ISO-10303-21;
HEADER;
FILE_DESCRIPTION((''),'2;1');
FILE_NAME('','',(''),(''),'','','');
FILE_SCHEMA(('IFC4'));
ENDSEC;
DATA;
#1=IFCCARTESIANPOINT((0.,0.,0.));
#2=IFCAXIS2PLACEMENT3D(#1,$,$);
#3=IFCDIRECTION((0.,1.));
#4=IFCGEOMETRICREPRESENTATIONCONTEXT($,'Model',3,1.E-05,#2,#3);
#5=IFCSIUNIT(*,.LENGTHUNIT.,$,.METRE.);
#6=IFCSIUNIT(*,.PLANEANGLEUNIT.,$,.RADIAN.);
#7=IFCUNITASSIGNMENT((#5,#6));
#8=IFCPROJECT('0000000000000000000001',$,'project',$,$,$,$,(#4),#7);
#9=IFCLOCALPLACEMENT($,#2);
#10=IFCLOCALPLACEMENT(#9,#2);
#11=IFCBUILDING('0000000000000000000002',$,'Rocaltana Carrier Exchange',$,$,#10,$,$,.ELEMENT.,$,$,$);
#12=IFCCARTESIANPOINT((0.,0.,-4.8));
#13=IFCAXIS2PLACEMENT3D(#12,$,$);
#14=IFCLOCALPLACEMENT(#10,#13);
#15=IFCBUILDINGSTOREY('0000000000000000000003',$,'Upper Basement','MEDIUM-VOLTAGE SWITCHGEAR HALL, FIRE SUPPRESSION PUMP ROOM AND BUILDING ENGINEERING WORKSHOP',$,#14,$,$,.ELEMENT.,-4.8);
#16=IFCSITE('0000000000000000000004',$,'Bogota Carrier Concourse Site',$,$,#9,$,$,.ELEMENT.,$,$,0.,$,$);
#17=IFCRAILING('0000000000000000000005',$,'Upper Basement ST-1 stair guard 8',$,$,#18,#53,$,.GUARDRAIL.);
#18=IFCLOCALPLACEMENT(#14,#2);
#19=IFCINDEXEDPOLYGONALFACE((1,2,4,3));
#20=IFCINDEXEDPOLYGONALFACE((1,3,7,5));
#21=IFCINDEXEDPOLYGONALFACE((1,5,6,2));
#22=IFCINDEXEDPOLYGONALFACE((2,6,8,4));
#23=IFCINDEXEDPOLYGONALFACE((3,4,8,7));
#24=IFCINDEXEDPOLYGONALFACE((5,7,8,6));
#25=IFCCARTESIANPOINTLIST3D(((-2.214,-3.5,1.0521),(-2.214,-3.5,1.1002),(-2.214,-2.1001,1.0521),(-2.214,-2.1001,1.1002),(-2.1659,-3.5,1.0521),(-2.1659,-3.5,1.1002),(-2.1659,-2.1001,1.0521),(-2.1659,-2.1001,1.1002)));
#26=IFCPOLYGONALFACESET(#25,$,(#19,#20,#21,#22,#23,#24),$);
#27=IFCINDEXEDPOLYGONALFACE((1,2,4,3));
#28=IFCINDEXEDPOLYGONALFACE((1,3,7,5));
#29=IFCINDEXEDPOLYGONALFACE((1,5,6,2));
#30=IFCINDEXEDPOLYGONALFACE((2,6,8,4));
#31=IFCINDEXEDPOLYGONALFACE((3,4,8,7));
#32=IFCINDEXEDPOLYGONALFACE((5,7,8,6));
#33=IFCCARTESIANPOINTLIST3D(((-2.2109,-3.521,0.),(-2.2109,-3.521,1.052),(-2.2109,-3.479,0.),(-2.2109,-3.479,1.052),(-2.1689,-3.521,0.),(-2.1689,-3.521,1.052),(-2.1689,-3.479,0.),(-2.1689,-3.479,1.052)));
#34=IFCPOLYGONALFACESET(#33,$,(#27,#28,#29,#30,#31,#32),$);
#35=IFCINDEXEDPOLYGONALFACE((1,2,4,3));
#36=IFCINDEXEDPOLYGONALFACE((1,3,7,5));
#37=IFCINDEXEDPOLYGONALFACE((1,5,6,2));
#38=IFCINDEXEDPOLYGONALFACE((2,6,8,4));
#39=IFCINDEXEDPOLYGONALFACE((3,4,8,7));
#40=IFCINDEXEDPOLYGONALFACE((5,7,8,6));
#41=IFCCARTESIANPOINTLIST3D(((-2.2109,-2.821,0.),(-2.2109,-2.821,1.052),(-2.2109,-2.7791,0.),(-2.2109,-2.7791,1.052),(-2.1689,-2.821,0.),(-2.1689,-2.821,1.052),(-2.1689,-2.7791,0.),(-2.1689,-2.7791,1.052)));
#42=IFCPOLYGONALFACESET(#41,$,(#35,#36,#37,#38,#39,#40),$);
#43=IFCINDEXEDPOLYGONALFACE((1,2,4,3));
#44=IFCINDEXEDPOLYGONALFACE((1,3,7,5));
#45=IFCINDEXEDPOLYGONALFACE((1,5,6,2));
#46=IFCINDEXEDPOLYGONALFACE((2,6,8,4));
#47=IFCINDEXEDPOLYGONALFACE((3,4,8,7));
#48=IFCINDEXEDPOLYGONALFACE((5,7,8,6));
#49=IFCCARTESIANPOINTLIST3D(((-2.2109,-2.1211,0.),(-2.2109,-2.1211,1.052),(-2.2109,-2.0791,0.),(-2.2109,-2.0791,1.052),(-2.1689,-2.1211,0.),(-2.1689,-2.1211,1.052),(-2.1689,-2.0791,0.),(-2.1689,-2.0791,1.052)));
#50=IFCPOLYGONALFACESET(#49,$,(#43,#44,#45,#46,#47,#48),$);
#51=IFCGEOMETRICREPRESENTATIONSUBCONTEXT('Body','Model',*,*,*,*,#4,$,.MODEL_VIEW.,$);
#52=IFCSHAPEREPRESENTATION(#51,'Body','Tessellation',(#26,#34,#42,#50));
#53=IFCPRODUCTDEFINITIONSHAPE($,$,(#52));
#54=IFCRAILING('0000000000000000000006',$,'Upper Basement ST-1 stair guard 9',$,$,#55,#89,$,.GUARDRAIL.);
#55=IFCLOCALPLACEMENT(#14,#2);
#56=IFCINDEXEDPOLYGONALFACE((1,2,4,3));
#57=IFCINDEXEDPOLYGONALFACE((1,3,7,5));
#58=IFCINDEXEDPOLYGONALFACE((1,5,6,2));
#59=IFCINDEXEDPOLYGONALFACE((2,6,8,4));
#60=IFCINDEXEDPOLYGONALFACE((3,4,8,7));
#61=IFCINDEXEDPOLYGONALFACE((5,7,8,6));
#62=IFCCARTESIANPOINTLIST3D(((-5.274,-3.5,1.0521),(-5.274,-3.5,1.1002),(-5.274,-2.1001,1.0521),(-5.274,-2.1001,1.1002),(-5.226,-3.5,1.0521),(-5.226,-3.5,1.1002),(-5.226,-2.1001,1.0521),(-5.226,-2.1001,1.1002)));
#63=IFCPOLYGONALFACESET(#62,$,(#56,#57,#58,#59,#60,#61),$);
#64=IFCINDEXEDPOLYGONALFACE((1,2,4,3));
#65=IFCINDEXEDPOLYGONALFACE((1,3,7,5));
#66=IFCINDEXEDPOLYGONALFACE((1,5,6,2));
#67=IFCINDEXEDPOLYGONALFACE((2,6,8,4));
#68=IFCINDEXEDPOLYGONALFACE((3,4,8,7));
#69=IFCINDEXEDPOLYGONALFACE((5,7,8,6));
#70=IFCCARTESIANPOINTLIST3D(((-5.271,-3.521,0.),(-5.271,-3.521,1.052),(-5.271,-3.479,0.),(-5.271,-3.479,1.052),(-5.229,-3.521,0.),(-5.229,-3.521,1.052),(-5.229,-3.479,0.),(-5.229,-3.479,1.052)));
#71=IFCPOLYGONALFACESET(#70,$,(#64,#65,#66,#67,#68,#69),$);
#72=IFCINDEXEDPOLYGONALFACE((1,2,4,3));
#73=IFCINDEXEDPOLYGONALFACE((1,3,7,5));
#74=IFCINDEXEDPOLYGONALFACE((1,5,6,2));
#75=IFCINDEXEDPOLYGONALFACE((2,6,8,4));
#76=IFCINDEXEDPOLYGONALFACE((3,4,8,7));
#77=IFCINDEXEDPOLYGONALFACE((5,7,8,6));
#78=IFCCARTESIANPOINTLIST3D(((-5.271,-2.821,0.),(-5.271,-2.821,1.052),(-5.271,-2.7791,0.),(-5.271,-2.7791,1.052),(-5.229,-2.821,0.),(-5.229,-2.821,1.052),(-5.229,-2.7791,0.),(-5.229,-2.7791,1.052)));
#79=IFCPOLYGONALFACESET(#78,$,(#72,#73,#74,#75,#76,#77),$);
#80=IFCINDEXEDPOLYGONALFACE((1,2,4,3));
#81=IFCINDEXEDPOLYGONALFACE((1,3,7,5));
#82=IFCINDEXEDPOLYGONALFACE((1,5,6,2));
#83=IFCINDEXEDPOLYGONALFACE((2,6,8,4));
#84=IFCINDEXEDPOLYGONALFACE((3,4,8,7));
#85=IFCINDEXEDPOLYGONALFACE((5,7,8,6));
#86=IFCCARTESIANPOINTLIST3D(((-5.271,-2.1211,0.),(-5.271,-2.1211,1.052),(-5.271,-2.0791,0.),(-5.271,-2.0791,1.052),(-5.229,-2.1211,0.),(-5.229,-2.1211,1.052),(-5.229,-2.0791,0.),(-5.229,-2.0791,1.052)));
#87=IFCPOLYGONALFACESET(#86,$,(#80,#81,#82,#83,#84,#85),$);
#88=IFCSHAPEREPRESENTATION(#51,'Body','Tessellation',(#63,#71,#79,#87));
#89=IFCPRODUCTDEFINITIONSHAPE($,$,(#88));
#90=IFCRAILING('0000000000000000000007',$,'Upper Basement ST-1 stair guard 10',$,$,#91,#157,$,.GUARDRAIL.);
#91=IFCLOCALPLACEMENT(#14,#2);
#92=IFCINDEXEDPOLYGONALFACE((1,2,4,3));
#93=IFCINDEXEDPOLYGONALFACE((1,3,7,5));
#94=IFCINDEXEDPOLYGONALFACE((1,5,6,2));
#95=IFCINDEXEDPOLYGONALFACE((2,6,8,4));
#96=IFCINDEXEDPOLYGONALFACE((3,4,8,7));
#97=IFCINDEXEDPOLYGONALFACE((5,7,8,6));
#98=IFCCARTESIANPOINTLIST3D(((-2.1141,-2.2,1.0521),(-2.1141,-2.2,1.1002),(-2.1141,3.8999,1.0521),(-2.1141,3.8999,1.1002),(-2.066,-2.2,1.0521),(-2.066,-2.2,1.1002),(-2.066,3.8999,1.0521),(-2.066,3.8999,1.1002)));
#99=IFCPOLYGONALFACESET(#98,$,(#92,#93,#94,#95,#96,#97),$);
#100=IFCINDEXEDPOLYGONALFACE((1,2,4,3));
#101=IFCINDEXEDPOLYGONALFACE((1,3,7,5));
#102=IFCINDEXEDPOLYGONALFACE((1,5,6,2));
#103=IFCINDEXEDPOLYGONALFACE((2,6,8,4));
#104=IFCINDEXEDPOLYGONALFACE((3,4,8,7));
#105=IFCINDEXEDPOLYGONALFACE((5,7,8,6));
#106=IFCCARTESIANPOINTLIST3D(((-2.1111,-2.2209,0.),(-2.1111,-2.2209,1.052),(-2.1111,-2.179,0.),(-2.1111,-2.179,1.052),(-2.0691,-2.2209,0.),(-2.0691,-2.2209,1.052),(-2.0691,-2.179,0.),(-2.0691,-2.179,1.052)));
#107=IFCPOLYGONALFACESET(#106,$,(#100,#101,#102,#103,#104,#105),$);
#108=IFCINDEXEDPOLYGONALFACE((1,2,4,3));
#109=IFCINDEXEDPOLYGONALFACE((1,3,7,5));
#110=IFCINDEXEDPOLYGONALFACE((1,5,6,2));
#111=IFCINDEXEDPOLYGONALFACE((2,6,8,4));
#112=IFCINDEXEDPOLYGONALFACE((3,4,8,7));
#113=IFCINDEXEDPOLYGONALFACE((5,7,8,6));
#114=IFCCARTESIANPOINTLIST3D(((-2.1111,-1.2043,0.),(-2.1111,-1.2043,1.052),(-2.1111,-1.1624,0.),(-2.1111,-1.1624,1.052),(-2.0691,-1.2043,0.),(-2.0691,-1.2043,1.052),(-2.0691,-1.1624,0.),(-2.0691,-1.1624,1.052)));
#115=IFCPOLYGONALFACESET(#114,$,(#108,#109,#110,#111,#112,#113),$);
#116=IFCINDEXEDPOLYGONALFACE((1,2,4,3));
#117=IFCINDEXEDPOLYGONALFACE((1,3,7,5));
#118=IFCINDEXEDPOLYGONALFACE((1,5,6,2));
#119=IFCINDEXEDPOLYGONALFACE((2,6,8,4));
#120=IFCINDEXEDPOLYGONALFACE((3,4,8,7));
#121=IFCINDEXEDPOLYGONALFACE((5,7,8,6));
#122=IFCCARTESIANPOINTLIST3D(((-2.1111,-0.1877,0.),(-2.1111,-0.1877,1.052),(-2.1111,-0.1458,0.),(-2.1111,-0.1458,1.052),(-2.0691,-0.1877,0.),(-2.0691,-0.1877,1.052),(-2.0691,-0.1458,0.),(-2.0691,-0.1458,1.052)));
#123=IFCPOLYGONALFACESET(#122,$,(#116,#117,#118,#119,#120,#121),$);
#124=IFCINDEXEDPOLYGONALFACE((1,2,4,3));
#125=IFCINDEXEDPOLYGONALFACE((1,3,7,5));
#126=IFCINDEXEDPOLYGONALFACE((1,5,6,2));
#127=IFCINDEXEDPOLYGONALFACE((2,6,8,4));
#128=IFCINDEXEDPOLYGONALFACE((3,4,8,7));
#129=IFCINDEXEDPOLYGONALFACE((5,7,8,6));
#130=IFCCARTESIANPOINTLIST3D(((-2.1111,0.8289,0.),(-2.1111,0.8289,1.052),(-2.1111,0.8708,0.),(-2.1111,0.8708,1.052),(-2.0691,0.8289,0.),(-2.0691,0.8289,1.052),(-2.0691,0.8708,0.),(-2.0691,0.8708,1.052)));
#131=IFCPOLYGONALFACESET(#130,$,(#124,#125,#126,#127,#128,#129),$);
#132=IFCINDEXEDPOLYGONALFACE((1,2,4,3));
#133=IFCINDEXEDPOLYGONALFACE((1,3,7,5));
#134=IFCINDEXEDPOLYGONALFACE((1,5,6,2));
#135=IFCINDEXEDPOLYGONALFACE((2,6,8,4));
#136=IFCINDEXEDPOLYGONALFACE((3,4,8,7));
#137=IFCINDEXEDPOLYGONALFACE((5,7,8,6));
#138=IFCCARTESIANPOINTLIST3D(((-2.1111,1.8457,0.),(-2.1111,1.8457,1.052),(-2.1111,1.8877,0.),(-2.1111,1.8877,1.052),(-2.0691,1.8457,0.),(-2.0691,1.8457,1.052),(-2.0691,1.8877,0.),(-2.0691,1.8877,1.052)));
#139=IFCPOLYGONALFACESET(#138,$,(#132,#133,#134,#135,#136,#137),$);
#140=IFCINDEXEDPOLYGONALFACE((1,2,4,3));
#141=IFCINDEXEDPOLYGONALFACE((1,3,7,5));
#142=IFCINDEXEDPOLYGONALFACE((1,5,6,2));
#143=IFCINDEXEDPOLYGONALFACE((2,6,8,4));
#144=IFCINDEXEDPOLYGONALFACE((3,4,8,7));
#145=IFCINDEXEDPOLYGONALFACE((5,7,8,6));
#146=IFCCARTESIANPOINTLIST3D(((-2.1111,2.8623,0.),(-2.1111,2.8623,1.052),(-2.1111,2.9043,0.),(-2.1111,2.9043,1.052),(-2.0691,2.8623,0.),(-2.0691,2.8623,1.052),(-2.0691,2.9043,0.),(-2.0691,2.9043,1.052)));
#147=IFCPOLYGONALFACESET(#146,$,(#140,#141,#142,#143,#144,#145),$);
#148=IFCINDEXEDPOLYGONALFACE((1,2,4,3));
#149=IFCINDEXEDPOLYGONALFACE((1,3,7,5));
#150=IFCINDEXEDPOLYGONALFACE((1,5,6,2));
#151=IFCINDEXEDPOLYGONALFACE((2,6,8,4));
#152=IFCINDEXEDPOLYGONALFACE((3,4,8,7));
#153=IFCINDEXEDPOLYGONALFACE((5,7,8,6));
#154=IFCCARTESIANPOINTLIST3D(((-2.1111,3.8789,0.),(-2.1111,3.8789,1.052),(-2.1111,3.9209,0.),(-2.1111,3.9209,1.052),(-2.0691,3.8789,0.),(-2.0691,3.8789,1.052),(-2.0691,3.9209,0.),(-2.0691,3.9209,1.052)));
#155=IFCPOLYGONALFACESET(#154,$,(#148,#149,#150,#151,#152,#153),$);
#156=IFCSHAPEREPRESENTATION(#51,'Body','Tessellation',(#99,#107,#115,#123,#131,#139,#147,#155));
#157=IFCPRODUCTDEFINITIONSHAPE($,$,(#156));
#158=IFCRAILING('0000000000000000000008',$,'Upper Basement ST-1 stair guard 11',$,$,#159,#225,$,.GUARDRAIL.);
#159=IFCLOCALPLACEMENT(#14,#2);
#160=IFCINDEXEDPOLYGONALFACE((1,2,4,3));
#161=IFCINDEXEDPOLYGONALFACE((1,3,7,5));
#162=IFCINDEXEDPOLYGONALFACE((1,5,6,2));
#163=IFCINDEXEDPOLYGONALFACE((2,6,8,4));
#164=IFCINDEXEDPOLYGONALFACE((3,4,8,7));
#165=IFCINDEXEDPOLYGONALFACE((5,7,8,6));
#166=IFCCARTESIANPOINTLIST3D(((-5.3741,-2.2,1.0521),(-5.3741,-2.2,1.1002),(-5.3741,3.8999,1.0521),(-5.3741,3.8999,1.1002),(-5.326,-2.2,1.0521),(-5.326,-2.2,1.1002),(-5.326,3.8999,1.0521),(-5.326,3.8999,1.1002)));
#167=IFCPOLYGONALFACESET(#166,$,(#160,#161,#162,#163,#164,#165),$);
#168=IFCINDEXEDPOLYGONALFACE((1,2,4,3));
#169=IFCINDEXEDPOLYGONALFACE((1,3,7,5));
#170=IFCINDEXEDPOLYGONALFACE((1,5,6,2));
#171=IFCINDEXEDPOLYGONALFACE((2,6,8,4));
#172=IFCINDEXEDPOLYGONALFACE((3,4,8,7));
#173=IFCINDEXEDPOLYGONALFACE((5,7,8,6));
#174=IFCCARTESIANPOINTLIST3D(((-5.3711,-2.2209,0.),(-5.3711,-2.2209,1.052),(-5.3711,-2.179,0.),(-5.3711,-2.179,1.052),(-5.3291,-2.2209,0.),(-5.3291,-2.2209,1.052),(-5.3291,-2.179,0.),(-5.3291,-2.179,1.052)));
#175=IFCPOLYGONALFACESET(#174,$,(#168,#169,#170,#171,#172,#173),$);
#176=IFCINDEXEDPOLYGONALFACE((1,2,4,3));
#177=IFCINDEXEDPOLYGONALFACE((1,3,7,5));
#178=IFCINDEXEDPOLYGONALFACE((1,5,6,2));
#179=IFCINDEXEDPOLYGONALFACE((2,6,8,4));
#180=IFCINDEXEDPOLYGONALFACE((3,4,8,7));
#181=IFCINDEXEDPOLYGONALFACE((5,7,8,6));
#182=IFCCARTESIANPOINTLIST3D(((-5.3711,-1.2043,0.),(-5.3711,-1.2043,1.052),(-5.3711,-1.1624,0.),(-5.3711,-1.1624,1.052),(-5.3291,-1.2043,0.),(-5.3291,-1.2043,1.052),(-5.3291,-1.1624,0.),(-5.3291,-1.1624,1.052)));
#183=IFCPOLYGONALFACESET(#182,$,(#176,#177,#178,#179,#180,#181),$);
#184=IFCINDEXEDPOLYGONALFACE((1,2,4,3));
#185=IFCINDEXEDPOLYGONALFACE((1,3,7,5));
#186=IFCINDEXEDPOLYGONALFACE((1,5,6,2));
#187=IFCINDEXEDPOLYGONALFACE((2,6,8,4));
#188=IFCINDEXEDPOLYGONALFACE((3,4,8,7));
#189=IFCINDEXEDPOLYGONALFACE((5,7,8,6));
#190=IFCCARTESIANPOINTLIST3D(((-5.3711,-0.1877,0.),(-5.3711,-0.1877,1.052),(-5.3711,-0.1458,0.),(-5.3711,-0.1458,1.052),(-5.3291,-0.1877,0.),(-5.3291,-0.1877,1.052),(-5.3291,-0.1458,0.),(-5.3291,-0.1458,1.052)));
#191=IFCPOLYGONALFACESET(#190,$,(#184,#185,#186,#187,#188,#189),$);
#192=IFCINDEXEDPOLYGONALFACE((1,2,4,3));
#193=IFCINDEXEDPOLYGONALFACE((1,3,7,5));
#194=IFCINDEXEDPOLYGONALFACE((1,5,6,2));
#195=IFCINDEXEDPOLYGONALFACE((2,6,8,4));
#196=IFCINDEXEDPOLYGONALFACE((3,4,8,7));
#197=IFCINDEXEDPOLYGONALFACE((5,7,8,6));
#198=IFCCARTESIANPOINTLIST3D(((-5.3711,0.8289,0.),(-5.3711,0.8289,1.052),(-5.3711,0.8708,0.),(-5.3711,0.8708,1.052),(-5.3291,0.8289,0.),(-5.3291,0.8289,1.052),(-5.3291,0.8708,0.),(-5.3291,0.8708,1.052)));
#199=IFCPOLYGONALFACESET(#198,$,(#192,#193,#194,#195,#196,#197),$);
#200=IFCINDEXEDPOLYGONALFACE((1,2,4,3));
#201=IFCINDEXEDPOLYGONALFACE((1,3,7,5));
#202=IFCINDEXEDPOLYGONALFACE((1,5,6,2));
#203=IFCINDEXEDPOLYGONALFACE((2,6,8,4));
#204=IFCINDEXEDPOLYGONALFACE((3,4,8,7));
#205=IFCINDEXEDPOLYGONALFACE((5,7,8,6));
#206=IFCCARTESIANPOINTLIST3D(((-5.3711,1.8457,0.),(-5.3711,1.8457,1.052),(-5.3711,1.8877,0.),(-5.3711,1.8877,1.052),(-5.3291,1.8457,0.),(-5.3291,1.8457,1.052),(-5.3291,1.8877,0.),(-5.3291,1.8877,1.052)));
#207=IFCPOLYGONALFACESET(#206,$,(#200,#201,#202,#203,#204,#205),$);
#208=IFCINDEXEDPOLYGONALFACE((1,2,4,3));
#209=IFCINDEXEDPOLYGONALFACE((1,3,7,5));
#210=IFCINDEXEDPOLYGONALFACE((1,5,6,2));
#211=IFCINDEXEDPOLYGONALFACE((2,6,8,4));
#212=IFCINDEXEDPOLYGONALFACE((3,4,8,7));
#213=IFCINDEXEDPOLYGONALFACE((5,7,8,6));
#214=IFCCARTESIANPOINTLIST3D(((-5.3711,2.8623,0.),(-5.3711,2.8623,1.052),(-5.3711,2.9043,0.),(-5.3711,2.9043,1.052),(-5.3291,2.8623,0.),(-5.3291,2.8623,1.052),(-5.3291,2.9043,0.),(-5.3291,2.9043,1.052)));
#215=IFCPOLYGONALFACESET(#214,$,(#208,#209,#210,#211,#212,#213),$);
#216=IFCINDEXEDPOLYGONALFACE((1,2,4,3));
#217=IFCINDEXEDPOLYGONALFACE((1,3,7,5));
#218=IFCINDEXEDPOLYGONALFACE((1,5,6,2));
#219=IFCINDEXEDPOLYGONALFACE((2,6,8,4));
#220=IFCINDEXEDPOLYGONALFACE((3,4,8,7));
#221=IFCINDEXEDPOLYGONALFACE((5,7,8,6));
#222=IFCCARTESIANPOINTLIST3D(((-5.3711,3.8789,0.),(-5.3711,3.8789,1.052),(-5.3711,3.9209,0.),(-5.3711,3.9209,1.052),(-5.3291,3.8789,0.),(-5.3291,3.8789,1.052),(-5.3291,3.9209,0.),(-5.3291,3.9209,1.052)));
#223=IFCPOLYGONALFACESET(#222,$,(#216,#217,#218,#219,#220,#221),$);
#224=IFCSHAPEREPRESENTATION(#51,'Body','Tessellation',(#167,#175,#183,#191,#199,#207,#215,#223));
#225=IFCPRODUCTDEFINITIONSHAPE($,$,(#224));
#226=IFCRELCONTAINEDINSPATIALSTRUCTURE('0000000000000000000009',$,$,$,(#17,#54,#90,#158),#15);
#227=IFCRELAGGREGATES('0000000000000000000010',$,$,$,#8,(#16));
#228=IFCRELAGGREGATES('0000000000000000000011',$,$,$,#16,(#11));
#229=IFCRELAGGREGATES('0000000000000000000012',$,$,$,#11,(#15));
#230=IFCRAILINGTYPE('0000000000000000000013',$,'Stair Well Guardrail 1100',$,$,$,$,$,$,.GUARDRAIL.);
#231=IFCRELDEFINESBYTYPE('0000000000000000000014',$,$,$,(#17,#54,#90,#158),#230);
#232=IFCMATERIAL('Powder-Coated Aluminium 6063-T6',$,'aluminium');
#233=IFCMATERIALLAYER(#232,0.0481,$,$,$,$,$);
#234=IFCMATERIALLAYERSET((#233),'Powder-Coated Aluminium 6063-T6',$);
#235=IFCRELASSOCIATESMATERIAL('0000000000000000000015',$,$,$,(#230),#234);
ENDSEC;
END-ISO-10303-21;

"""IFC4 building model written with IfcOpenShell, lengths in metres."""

from ifc_helpers import new_model, si_unit, direction, frame, origin, origin_2d, place, context, subcontext, project, spatial, rectangle, extrude, material, layer, layer_set, type_object, element, save


model = new_model("IFC4")

# Units and contexts
model_context = context("Model", 3, precision=1e-05, world=origin(), true_north=direction((0.0, 1.0)))
body_context = subcontext(model_context, "Body", "Model", "MODEL_VIEW")
ifc_project = project(units=[si_unit("LENGTHUNIT", "METRE"), si_unit("PLANEANGLEUNIT", "RADIAN")], contexts=[model_context])

# Site, building, storey
site_placement = place(None, origin())
site = spatial("IfcSite", under=ifc_project, at=site_placement, Name="Bogota Carrier Concourse Site", CompositionType="ELEMENT", RefElevation=0.0)
building_placement = place(site_placement, origin())
building = spatial("IfcBuilding", under=site, at=building_placement, Name="Rocaltana Carrier Exchange", CompositionType="ELEMENT")
storey_placement = place(building_placement, frame((0.0, 0.0, -4.8)))
storey = spatial("IfcBuildingStorey", under=building, at=storey_placement, Name="Upper Basement", Description="MEDIUM-VOLTAGE SWITCHGEAR HALL, FIRE SUPPRESSION PUMP ROOM AND BUILDING ENGINEERING WORKSHOP", CompositionType="ELEMENT", Elevation=-4.8)

# Railings
ifc_material_1 = material(Name="Powder-Coated Aluminium 6063-T6", Category="aluminium")
ifc_layer_1 = layer(ifc_material_1, 0.0481)
ifc_layer_set_1 = layer_set([ifc_layer_1], Name="Powder-Coated Aluminium 6063-T6")
railing_type_1 = type_object("IfcRailingType", Name="Stair Well Guardrail 1100", PredefinedType="GUARDRAIL", material=ifc_layer_set_1)
for number, where, name in (
    (1, (-2.1899, -3.5, 0.0), "Upper Basement ST-1 stair guard 8"),
    (2, (-5.25, -3.5, 0.0), "Upper Basement ST-1 stair guard 9"),
):
    element("IfcRailing", number, at=place(storey_placement, frame(where)), inside=storey, type_object=railing_type_1, Name=name, PredefinedType="GUARDRAIL", context=body_context, shape_type="SweptSolid", body=[
        extrude(rectangle(XDim=0.0481, YDim=0.0481, at=origin_2d()), frame((0.0, 0.0, 1.0762), z_axis=(0.0, 1.0, 0.0), x_axis=(-1.0, 0.0, 0.0)), (0.0, 0.0, 1.0), 1.3999),
        extrude(rectangle(XDim=0.042, YDim=0.042, at=origin_2d()), origin(), (0.0, 0.0, 1.0), 1.052),
        extrude(rectangle(XDim=0.042, YDim=0.042, at=origin_2d()), frame((0.0, 0.7, 0.0)), (0.0, 0.0, 1.0), 1.052),
        extrude(rectangle(XDim=0.042, YDim=0.042, at=origin_2d()), frame((0.0, 1.3999, 0.0)), (0.0, 0.0, 1.0), 1.052),
    ])
for number, where, name in (
    (3, (-2.0901, -2.2, 0.0), "Upper Basement ST-1 stair guard 10"),
    (4, (-5.3501, -2.2, 0.0), "Upper Basement ST-1 stair guard 11"),
):
    element("IfcRailing", number, at=place(storey_placement, frame(where)), inside=storey, type_object=railing_type_1, Name=name, PredefinedType="GUARDRAIL", context=body_context, shape_type="SweptSolid", body=[
        extrude(rectangle(XDim=0.0481, YDim=0.0481, at=origin_2d()), frame((0.0, 0.0, 1.0762), z_axis=(0.0, 1.0, 0.0), x_axis=(-1.0, 0.0, 0.0)), (0.0, 0.0, 1.0), 6.0999),
        extrude(rectangle(XDim=0.042, YDim=0.042, at=origin_2d()), origin(), (0.0, 0.0, 1.0), 1.052),
        extrude(rectangle(XDim=0.042, YDim=0.042, at=origin_2d()), frame((0.0, 1.0166, 0.0)), (0.0, 0.0, 1.0), 1.052),
        extrude(rectangle(XDim=0.042, YDim=0.042, at=origin_2d()), frame((0.0, 2.0332, 0.0)), (0.0, 0.0, 1.0), 1.052),
        extrude(rectangle(XDim=0.042, YDim=0.042, at=origin_2d()), frame((0.0, 3.0498, 0.0)), (0.0, 0.0, 1.0), 1.052),
        extrude(rectangle(XDim=0.042, YDim=0.042, at=origin_2d()), frame((0.0, 4.0667, 0.0)), (0.0, 0.0, 1.0), 1.052),
        extrude(rectangle(XDim=0.042, YDim=0.042, at=origin_2d()), frame((0.0, 5.0833, 0.0)), (0.0, 0.0, 1.0), 1.052),
        extrude(rectangle(XDim=0.042, YDim=0.042, at=origin_2d()), frame((0.0, 6.0999, 0.0)), (0.0, 0.0, 1.0), 1.052),
    ])

save(model, "model.ifc")
